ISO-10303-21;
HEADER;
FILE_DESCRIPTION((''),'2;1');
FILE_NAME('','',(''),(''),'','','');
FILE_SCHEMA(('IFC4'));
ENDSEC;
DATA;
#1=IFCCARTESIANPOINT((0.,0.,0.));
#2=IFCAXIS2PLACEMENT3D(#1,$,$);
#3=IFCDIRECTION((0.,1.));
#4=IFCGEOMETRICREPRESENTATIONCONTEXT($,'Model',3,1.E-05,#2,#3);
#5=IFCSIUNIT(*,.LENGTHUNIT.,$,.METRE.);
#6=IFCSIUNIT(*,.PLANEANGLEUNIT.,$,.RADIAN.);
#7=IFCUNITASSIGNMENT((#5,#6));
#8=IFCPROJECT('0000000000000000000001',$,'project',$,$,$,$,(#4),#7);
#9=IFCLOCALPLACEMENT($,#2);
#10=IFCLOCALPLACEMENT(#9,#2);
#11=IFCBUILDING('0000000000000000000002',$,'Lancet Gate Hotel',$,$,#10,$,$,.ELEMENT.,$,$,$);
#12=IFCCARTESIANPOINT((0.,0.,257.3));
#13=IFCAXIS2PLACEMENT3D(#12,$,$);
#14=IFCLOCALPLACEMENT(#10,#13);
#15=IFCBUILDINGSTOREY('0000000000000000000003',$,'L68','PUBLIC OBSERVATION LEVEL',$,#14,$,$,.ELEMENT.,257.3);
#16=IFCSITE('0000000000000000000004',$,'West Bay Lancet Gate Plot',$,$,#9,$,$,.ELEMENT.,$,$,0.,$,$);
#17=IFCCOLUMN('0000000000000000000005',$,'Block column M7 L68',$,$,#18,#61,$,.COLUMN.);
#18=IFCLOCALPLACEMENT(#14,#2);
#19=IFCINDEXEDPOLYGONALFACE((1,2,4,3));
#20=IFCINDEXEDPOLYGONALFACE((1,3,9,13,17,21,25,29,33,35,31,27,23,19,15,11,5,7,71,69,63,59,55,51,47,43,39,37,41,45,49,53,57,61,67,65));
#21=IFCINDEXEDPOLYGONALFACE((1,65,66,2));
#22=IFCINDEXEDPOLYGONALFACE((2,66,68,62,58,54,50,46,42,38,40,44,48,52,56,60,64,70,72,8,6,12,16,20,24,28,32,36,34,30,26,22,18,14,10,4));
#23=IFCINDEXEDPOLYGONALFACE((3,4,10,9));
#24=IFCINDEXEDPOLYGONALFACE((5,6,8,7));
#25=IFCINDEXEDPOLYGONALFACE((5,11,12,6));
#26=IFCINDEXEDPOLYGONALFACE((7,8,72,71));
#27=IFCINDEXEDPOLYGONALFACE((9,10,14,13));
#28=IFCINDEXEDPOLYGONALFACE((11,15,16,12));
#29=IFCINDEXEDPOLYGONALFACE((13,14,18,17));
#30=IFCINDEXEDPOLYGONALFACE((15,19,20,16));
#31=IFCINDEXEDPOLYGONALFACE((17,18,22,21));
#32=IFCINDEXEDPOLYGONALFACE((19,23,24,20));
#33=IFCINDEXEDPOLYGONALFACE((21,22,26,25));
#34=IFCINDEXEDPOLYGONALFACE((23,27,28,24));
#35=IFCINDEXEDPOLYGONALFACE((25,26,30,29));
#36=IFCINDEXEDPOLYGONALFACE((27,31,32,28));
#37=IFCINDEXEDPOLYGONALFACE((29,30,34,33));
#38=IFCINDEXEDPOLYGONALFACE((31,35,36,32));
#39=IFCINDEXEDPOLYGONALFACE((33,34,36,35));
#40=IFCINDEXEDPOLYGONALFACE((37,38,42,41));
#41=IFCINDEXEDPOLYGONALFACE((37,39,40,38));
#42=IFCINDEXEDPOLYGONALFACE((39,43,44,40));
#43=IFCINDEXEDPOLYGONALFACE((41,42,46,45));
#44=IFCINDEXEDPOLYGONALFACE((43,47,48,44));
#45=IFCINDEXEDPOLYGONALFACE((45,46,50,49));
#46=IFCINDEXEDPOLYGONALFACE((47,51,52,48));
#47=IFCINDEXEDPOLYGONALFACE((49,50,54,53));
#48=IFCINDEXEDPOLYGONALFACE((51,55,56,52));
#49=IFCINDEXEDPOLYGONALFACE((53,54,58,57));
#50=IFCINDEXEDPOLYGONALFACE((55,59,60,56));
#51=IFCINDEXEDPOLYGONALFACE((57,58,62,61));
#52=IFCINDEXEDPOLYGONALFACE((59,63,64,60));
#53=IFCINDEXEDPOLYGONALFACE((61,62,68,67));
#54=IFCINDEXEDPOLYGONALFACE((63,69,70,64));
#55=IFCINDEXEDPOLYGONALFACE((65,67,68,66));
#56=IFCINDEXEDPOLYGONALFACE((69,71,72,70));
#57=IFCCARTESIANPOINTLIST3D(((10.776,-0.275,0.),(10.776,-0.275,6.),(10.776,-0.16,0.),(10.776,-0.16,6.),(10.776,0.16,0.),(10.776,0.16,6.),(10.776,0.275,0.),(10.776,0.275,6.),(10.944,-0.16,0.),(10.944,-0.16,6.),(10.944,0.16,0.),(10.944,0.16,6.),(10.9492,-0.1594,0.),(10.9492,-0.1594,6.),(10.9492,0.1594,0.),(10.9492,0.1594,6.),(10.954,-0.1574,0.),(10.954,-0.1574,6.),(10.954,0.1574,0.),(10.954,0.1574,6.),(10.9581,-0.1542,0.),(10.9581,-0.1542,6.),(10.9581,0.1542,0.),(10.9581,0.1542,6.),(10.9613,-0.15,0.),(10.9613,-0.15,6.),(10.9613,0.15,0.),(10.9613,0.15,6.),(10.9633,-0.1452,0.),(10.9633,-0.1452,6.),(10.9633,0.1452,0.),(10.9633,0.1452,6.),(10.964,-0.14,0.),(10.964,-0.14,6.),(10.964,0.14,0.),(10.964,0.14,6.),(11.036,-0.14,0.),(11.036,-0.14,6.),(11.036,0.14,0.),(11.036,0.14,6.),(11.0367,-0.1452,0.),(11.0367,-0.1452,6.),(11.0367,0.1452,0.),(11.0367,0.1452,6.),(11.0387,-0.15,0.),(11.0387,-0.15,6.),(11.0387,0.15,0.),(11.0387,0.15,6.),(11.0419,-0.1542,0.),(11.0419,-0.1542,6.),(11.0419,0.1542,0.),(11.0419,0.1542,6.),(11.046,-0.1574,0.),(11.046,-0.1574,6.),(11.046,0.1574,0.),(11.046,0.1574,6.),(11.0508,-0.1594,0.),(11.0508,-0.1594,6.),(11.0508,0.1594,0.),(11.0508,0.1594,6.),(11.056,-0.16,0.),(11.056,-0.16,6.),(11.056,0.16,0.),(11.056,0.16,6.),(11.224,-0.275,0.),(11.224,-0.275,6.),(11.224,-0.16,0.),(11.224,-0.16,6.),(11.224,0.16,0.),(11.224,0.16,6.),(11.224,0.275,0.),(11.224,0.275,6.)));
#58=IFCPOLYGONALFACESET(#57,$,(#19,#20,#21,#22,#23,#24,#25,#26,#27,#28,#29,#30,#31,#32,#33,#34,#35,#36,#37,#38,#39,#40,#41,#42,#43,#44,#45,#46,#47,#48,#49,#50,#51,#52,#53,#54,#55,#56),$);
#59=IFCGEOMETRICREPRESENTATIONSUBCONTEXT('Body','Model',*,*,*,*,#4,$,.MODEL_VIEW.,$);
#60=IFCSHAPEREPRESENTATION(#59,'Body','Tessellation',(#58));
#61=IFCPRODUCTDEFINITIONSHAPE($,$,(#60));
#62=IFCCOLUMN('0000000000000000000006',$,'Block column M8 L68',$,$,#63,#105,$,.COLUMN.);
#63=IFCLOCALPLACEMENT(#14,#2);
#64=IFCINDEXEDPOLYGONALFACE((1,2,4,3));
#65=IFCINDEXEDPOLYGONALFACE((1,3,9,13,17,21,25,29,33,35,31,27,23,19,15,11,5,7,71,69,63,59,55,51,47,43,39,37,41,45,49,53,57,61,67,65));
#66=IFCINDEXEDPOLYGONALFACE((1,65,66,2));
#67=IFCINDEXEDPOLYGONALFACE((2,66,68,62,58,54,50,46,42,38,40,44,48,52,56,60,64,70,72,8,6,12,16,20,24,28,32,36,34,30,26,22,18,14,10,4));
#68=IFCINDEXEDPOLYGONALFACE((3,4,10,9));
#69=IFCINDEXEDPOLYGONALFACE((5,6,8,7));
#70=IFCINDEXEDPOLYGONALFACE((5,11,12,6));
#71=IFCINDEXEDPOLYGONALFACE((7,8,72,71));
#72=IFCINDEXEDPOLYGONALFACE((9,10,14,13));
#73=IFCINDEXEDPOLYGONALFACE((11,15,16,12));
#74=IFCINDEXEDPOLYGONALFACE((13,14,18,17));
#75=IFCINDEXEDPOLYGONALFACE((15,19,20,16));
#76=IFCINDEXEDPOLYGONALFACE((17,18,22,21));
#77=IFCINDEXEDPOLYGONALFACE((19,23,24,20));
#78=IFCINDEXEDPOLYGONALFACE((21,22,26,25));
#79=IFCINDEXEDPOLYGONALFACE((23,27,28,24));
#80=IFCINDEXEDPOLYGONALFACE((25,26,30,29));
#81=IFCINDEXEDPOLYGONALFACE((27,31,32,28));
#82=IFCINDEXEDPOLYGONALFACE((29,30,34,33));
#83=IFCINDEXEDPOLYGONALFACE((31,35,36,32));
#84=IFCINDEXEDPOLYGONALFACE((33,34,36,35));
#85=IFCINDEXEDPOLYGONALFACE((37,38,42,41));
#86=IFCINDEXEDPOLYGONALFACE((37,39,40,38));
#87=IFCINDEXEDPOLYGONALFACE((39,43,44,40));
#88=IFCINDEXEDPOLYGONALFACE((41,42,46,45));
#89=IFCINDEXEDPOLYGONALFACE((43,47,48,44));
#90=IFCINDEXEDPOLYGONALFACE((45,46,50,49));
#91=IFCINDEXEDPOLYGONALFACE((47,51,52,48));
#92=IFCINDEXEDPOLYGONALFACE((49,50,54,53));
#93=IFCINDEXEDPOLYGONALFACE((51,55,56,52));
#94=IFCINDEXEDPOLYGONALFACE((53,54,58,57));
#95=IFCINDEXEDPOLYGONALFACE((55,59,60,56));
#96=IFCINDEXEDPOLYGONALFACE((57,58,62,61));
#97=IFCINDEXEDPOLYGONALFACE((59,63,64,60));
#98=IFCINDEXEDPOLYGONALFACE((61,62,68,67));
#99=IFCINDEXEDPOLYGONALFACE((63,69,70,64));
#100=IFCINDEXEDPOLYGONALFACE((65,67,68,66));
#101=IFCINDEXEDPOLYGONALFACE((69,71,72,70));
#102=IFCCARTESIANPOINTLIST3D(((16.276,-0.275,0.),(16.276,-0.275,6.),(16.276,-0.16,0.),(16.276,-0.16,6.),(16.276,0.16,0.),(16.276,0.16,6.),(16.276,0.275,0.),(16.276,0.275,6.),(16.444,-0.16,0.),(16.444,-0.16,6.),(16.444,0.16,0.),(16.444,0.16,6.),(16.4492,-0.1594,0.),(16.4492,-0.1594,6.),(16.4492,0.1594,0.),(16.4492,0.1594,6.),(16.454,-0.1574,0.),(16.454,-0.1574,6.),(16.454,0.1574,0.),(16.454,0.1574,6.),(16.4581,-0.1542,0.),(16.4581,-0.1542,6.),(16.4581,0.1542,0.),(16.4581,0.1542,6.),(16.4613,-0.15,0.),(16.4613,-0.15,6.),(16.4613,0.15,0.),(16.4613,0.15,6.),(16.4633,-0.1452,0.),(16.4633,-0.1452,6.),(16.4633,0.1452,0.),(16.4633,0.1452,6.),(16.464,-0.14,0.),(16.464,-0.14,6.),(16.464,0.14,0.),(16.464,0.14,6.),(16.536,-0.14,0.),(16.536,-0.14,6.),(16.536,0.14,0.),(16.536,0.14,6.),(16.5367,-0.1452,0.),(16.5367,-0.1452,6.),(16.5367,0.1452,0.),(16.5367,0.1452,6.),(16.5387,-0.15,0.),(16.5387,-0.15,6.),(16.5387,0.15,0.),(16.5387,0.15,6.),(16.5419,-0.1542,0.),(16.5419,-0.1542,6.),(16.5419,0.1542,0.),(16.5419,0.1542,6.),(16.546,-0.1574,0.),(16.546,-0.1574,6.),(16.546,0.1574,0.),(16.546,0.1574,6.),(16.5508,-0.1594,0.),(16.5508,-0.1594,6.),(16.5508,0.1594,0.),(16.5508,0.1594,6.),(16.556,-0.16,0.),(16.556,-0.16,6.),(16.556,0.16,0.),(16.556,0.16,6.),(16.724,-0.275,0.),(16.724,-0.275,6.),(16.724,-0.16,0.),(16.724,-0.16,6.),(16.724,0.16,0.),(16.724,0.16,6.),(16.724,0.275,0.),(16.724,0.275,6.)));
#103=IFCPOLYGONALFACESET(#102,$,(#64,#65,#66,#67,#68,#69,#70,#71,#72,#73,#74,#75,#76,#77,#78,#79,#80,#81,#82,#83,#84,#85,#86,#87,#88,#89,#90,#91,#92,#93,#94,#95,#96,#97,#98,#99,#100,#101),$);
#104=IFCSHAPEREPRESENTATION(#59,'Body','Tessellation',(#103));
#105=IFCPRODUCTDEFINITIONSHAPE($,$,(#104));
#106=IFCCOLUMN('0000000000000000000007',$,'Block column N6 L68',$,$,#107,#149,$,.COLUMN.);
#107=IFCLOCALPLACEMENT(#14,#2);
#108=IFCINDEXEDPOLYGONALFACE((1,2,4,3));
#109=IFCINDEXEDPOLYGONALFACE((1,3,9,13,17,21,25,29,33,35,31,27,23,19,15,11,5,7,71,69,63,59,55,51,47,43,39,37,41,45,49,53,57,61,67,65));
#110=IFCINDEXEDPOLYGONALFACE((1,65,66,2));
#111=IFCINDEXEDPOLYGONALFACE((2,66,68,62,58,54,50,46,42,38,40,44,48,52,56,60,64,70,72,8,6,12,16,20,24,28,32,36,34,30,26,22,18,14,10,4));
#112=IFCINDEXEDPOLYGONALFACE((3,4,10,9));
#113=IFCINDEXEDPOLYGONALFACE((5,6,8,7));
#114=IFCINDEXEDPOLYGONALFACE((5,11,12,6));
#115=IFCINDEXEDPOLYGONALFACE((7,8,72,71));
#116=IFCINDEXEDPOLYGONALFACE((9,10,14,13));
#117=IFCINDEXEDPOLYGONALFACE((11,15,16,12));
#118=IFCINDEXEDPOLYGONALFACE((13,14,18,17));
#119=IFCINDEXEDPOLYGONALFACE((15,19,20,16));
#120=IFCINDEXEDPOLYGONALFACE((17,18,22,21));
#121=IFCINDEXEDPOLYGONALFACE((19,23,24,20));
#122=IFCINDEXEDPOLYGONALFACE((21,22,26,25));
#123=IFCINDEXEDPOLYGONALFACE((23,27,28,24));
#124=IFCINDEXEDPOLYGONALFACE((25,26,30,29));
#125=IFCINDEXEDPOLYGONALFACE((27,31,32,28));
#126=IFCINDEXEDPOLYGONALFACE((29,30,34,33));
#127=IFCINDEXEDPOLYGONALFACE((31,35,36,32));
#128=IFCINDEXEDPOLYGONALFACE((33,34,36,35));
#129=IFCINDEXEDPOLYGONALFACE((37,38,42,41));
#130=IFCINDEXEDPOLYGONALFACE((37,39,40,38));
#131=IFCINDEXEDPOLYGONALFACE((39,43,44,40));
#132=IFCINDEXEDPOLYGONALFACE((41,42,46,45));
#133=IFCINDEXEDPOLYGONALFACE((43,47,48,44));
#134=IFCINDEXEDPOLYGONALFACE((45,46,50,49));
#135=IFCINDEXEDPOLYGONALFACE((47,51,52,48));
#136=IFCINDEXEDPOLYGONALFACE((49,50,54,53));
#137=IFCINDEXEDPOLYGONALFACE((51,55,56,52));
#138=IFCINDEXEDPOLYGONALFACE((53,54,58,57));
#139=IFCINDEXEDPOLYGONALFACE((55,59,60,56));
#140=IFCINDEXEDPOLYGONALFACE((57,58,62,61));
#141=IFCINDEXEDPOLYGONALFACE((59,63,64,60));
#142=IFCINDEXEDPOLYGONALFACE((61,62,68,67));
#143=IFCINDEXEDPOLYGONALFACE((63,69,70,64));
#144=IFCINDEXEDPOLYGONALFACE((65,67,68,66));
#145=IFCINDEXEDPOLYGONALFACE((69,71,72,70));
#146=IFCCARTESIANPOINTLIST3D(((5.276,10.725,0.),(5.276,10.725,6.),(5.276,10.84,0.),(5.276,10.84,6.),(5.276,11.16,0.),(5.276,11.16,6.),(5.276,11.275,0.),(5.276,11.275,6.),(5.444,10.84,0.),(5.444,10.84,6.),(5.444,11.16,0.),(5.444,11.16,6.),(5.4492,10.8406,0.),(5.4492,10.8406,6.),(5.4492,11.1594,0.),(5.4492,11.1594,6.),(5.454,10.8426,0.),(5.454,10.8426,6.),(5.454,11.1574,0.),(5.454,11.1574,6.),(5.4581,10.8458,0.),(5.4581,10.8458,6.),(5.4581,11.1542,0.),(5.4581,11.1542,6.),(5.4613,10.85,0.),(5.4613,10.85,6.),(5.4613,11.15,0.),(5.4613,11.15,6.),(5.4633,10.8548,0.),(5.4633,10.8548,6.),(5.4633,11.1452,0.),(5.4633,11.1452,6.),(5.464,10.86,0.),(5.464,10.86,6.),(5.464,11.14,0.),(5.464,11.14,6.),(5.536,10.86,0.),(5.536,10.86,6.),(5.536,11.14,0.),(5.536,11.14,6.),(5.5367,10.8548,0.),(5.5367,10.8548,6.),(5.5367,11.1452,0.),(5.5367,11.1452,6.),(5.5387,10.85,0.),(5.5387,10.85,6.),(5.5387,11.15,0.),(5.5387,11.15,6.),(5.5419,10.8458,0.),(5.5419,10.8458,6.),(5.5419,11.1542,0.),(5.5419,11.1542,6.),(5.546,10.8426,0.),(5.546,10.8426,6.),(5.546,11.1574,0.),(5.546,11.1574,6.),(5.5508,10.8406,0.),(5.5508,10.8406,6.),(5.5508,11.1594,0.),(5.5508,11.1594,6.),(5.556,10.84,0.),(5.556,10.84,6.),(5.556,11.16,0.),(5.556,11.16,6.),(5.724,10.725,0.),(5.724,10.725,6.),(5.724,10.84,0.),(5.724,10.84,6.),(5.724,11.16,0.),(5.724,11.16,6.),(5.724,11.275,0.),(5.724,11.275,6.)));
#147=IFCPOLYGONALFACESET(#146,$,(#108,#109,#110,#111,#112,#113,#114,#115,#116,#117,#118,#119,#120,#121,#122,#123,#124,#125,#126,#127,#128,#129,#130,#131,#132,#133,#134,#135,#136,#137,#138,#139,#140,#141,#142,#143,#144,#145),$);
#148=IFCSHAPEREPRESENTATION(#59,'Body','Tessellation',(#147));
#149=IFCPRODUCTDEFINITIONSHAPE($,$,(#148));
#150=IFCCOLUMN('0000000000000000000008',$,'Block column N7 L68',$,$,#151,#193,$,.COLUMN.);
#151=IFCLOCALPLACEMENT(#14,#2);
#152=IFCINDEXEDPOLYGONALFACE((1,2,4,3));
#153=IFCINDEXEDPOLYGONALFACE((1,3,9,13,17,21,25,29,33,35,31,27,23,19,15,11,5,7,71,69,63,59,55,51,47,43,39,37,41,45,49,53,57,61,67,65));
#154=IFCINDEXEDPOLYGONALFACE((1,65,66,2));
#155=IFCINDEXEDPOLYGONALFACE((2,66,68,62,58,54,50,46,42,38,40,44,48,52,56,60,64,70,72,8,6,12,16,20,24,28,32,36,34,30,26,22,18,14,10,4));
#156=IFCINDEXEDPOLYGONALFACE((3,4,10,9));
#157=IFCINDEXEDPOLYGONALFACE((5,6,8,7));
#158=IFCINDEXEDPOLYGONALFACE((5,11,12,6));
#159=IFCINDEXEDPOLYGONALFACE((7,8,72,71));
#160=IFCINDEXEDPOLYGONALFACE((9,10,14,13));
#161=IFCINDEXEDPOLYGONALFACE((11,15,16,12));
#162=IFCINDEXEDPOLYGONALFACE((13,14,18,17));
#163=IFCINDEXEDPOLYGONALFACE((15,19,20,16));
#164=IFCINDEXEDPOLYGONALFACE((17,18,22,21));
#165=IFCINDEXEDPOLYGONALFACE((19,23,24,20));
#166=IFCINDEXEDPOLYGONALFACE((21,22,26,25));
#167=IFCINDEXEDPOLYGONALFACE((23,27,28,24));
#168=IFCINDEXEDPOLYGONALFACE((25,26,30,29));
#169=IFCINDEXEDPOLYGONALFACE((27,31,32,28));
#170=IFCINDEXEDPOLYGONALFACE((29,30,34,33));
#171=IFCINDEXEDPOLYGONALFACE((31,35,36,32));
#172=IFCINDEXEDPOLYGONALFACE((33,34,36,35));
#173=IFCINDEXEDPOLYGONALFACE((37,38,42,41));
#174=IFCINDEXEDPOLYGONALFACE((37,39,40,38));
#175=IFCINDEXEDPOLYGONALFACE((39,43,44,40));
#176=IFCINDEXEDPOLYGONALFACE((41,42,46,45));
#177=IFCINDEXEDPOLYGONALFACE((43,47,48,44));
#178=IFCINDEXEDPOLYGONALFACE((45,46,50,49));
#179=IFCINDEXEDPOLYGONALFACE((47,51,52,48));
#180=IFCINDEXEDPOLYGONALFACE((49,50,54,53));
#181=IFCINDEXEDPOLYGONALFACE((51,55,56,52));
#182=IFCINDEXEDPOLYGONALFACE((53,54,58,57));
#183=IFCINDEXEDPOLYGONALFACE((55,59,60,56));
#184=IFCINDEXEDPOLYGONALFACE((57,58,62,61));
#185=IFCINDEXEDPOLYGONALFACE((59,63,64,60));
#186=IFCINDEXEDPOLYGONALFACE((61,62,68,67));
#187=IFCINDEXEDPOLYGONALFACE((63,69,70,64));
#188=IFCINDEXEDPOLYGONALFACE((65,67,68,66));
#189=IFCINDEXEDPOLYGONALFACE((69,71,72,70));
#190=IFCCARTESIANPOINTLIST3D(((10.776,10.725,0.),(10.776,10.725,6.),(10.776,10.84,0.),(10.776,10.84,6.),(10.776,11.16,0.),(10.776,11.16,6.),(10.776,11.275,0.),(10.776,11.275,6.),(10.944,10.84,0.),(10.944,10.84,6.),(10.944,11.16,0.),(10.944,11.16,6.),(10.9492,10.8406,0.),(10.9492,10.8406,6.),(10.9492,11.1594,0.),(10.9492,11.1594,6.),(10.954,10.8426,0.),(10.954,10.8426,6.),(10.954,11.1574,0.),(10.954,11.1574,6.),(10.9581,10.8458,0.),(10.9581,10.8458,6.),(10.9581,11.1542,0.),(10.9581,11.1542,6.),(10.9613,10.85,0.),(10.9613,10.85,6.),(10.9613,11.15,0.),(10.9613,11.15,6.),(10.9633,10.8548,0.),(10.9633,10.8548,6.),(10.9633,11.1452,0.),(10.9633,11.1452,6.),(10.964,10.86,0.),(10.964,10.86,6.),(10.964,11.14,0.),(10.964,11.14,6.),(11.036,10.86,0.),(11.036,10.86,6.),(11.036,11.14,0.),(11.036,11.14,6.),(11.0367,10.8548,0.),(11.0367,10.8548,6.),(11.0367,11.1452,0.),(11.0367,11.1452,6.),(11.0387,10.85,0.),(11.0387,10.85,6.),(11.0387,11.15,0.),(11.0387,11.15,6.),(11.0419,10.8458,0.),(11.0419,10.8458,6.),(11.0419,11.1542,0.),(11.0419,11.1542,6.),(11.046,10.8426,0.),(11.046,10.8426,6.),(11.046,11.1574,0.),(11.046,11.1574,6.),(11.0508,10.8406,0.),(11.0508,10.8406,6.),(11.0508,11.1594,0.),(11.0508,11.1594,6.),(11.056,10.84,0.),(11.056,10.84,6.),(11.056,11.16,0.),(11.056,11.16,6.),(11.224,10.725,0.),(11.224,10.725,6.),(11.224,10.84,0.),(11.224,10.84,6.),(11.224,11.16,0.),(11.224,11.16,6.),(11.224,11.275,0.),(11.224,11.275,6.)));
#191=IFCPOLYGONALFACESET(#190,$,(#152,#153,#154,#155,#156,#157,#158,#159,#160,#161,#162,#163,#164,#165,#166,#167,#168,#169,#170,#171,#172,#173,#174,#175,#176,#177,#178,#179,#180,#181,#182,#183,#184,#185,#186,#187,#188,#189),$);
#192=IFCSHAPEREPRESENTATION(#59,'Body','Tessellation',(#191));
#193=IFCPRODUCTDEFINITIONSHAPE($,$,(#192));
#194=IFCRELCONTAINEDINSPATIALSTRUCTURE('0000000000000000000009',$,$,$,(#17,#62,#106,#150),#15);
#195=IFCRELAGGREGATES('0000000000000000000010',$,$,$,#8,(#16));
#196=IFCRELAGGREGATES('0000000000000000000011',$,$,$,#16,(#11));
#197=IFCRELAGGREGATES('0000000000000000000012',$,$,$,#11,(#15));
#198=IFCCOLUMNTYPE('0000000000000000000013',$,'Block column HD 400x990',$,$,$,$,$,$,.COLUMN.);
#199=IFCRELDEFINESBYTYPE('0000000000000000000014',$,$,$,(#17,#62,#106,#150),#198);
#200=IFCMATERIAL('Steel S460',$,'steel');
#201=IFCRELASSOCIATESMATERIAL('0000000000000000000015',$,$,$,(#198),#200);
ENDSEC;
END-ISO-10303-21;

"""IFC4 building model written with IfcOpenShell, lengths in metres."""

from ifc_helpers import new_model, si_unit, direction, frame, origin, origin_2d, place, context, subcontext, project, spatial, i_section, extrude, material, material_profile, profile_set, type_object, element, save


model = new_model("IFC4")

# Units and contexts
model_context = context("Model", 3, precision=1e-05, world=origin(), true_north=direction((0.0, 1.0)))
body_context = subcontext(model_context, "Body", "Model", "MODEL_VIEW")
ifc_project = project(units=[si_unit("LENGTHUNIT", "METRE"), si_unit("PLANEANGLEUNIT", "RADIAN")], contexts=[model_context])

# Site, building, storey
site_placement = place(None, origin())
site = spatial("IfcSite", under=ifc_project, at=site_placement, Name="West Bay Lancet Gate Plot", CompositionType="ELEMENT", RefElevation=0.0)
building_placement = place(site_placement, origin())
building = spatial("IfcBuilding", under=site, at=building_placement, Name="Lancet Gate Hotel", CompositionType="ELEMENT")
storey_placement = place(building_placement, frame((0.0, 0.0, 257.3)))
storey = spatial("IfcBuildingStorey", under=building, at=storey_placement, Name="L68", Description="PUBLIC OBSERVATION LEVEL", CompositionType="ELEMENT", Elevation=257.3)

# Columns
ifc_material_1 = material(Name="Steel S460", Category="steel")
ifc_material_profile_1 = material_profile(ifc_material_1, i_section(OverallWidth=0.448, OverallDepth=0.55, WebThickness=0.072, FlangeThickness=0.115, FilletRadius=0.02, at=origin_2d()), Name="HD 400x990")
ifc_profile_set_1 = profile_set([ifc_material_profile_1], Name="Steel S460")
column_type = type_object("IfcColumnType", Name="Block column HD 400x990", PredefinedType="COLUMN", material=ifc_profile_set_1)
for number, where, z_axis, x_axis, name in (
    (1, (11.0, 0.0, 0.0), (0.0, 0.0, 1.0), (1.0, 0.0, 0.0), "Block column M7 L68"),
    (2, (16.5, 0.0, 0.0), (0.0, 0.0, 1.0), (1.0, 0.0, 0.0), "Block column M8 L68"),
    (3, (5.5, 11.0, 0.0), (0.0, 0.0, 1.0), (1.0, 0.0, 0.0), "Block column N6 L68"),
    (4, (11.0, 11.0, 0.0), (0.0, 0.0, 1.0), (1.0, 0.0, 0.0), "Block column N7 L68"),
):
    element("IfcColumn", number, at=place(storey_placement, frame(where, z_axis=z_axis, x_axis=x_axis)), inside=storey, type_object=column_type, Name=name, PredefinedType="COLUMN", context=body_context, shape_type="SweptSolid", body=[
        extrude(i_section(OverallWidth=0.448, OverallDepth=0.55, WebThickness=0.072, FlangeThickness=0.115, FilletRadius=0.02, at=origin_2d()), origin(), (0.0, 0.0, 1.0), 6.0),
    ])

save(model, "model.ifc")
